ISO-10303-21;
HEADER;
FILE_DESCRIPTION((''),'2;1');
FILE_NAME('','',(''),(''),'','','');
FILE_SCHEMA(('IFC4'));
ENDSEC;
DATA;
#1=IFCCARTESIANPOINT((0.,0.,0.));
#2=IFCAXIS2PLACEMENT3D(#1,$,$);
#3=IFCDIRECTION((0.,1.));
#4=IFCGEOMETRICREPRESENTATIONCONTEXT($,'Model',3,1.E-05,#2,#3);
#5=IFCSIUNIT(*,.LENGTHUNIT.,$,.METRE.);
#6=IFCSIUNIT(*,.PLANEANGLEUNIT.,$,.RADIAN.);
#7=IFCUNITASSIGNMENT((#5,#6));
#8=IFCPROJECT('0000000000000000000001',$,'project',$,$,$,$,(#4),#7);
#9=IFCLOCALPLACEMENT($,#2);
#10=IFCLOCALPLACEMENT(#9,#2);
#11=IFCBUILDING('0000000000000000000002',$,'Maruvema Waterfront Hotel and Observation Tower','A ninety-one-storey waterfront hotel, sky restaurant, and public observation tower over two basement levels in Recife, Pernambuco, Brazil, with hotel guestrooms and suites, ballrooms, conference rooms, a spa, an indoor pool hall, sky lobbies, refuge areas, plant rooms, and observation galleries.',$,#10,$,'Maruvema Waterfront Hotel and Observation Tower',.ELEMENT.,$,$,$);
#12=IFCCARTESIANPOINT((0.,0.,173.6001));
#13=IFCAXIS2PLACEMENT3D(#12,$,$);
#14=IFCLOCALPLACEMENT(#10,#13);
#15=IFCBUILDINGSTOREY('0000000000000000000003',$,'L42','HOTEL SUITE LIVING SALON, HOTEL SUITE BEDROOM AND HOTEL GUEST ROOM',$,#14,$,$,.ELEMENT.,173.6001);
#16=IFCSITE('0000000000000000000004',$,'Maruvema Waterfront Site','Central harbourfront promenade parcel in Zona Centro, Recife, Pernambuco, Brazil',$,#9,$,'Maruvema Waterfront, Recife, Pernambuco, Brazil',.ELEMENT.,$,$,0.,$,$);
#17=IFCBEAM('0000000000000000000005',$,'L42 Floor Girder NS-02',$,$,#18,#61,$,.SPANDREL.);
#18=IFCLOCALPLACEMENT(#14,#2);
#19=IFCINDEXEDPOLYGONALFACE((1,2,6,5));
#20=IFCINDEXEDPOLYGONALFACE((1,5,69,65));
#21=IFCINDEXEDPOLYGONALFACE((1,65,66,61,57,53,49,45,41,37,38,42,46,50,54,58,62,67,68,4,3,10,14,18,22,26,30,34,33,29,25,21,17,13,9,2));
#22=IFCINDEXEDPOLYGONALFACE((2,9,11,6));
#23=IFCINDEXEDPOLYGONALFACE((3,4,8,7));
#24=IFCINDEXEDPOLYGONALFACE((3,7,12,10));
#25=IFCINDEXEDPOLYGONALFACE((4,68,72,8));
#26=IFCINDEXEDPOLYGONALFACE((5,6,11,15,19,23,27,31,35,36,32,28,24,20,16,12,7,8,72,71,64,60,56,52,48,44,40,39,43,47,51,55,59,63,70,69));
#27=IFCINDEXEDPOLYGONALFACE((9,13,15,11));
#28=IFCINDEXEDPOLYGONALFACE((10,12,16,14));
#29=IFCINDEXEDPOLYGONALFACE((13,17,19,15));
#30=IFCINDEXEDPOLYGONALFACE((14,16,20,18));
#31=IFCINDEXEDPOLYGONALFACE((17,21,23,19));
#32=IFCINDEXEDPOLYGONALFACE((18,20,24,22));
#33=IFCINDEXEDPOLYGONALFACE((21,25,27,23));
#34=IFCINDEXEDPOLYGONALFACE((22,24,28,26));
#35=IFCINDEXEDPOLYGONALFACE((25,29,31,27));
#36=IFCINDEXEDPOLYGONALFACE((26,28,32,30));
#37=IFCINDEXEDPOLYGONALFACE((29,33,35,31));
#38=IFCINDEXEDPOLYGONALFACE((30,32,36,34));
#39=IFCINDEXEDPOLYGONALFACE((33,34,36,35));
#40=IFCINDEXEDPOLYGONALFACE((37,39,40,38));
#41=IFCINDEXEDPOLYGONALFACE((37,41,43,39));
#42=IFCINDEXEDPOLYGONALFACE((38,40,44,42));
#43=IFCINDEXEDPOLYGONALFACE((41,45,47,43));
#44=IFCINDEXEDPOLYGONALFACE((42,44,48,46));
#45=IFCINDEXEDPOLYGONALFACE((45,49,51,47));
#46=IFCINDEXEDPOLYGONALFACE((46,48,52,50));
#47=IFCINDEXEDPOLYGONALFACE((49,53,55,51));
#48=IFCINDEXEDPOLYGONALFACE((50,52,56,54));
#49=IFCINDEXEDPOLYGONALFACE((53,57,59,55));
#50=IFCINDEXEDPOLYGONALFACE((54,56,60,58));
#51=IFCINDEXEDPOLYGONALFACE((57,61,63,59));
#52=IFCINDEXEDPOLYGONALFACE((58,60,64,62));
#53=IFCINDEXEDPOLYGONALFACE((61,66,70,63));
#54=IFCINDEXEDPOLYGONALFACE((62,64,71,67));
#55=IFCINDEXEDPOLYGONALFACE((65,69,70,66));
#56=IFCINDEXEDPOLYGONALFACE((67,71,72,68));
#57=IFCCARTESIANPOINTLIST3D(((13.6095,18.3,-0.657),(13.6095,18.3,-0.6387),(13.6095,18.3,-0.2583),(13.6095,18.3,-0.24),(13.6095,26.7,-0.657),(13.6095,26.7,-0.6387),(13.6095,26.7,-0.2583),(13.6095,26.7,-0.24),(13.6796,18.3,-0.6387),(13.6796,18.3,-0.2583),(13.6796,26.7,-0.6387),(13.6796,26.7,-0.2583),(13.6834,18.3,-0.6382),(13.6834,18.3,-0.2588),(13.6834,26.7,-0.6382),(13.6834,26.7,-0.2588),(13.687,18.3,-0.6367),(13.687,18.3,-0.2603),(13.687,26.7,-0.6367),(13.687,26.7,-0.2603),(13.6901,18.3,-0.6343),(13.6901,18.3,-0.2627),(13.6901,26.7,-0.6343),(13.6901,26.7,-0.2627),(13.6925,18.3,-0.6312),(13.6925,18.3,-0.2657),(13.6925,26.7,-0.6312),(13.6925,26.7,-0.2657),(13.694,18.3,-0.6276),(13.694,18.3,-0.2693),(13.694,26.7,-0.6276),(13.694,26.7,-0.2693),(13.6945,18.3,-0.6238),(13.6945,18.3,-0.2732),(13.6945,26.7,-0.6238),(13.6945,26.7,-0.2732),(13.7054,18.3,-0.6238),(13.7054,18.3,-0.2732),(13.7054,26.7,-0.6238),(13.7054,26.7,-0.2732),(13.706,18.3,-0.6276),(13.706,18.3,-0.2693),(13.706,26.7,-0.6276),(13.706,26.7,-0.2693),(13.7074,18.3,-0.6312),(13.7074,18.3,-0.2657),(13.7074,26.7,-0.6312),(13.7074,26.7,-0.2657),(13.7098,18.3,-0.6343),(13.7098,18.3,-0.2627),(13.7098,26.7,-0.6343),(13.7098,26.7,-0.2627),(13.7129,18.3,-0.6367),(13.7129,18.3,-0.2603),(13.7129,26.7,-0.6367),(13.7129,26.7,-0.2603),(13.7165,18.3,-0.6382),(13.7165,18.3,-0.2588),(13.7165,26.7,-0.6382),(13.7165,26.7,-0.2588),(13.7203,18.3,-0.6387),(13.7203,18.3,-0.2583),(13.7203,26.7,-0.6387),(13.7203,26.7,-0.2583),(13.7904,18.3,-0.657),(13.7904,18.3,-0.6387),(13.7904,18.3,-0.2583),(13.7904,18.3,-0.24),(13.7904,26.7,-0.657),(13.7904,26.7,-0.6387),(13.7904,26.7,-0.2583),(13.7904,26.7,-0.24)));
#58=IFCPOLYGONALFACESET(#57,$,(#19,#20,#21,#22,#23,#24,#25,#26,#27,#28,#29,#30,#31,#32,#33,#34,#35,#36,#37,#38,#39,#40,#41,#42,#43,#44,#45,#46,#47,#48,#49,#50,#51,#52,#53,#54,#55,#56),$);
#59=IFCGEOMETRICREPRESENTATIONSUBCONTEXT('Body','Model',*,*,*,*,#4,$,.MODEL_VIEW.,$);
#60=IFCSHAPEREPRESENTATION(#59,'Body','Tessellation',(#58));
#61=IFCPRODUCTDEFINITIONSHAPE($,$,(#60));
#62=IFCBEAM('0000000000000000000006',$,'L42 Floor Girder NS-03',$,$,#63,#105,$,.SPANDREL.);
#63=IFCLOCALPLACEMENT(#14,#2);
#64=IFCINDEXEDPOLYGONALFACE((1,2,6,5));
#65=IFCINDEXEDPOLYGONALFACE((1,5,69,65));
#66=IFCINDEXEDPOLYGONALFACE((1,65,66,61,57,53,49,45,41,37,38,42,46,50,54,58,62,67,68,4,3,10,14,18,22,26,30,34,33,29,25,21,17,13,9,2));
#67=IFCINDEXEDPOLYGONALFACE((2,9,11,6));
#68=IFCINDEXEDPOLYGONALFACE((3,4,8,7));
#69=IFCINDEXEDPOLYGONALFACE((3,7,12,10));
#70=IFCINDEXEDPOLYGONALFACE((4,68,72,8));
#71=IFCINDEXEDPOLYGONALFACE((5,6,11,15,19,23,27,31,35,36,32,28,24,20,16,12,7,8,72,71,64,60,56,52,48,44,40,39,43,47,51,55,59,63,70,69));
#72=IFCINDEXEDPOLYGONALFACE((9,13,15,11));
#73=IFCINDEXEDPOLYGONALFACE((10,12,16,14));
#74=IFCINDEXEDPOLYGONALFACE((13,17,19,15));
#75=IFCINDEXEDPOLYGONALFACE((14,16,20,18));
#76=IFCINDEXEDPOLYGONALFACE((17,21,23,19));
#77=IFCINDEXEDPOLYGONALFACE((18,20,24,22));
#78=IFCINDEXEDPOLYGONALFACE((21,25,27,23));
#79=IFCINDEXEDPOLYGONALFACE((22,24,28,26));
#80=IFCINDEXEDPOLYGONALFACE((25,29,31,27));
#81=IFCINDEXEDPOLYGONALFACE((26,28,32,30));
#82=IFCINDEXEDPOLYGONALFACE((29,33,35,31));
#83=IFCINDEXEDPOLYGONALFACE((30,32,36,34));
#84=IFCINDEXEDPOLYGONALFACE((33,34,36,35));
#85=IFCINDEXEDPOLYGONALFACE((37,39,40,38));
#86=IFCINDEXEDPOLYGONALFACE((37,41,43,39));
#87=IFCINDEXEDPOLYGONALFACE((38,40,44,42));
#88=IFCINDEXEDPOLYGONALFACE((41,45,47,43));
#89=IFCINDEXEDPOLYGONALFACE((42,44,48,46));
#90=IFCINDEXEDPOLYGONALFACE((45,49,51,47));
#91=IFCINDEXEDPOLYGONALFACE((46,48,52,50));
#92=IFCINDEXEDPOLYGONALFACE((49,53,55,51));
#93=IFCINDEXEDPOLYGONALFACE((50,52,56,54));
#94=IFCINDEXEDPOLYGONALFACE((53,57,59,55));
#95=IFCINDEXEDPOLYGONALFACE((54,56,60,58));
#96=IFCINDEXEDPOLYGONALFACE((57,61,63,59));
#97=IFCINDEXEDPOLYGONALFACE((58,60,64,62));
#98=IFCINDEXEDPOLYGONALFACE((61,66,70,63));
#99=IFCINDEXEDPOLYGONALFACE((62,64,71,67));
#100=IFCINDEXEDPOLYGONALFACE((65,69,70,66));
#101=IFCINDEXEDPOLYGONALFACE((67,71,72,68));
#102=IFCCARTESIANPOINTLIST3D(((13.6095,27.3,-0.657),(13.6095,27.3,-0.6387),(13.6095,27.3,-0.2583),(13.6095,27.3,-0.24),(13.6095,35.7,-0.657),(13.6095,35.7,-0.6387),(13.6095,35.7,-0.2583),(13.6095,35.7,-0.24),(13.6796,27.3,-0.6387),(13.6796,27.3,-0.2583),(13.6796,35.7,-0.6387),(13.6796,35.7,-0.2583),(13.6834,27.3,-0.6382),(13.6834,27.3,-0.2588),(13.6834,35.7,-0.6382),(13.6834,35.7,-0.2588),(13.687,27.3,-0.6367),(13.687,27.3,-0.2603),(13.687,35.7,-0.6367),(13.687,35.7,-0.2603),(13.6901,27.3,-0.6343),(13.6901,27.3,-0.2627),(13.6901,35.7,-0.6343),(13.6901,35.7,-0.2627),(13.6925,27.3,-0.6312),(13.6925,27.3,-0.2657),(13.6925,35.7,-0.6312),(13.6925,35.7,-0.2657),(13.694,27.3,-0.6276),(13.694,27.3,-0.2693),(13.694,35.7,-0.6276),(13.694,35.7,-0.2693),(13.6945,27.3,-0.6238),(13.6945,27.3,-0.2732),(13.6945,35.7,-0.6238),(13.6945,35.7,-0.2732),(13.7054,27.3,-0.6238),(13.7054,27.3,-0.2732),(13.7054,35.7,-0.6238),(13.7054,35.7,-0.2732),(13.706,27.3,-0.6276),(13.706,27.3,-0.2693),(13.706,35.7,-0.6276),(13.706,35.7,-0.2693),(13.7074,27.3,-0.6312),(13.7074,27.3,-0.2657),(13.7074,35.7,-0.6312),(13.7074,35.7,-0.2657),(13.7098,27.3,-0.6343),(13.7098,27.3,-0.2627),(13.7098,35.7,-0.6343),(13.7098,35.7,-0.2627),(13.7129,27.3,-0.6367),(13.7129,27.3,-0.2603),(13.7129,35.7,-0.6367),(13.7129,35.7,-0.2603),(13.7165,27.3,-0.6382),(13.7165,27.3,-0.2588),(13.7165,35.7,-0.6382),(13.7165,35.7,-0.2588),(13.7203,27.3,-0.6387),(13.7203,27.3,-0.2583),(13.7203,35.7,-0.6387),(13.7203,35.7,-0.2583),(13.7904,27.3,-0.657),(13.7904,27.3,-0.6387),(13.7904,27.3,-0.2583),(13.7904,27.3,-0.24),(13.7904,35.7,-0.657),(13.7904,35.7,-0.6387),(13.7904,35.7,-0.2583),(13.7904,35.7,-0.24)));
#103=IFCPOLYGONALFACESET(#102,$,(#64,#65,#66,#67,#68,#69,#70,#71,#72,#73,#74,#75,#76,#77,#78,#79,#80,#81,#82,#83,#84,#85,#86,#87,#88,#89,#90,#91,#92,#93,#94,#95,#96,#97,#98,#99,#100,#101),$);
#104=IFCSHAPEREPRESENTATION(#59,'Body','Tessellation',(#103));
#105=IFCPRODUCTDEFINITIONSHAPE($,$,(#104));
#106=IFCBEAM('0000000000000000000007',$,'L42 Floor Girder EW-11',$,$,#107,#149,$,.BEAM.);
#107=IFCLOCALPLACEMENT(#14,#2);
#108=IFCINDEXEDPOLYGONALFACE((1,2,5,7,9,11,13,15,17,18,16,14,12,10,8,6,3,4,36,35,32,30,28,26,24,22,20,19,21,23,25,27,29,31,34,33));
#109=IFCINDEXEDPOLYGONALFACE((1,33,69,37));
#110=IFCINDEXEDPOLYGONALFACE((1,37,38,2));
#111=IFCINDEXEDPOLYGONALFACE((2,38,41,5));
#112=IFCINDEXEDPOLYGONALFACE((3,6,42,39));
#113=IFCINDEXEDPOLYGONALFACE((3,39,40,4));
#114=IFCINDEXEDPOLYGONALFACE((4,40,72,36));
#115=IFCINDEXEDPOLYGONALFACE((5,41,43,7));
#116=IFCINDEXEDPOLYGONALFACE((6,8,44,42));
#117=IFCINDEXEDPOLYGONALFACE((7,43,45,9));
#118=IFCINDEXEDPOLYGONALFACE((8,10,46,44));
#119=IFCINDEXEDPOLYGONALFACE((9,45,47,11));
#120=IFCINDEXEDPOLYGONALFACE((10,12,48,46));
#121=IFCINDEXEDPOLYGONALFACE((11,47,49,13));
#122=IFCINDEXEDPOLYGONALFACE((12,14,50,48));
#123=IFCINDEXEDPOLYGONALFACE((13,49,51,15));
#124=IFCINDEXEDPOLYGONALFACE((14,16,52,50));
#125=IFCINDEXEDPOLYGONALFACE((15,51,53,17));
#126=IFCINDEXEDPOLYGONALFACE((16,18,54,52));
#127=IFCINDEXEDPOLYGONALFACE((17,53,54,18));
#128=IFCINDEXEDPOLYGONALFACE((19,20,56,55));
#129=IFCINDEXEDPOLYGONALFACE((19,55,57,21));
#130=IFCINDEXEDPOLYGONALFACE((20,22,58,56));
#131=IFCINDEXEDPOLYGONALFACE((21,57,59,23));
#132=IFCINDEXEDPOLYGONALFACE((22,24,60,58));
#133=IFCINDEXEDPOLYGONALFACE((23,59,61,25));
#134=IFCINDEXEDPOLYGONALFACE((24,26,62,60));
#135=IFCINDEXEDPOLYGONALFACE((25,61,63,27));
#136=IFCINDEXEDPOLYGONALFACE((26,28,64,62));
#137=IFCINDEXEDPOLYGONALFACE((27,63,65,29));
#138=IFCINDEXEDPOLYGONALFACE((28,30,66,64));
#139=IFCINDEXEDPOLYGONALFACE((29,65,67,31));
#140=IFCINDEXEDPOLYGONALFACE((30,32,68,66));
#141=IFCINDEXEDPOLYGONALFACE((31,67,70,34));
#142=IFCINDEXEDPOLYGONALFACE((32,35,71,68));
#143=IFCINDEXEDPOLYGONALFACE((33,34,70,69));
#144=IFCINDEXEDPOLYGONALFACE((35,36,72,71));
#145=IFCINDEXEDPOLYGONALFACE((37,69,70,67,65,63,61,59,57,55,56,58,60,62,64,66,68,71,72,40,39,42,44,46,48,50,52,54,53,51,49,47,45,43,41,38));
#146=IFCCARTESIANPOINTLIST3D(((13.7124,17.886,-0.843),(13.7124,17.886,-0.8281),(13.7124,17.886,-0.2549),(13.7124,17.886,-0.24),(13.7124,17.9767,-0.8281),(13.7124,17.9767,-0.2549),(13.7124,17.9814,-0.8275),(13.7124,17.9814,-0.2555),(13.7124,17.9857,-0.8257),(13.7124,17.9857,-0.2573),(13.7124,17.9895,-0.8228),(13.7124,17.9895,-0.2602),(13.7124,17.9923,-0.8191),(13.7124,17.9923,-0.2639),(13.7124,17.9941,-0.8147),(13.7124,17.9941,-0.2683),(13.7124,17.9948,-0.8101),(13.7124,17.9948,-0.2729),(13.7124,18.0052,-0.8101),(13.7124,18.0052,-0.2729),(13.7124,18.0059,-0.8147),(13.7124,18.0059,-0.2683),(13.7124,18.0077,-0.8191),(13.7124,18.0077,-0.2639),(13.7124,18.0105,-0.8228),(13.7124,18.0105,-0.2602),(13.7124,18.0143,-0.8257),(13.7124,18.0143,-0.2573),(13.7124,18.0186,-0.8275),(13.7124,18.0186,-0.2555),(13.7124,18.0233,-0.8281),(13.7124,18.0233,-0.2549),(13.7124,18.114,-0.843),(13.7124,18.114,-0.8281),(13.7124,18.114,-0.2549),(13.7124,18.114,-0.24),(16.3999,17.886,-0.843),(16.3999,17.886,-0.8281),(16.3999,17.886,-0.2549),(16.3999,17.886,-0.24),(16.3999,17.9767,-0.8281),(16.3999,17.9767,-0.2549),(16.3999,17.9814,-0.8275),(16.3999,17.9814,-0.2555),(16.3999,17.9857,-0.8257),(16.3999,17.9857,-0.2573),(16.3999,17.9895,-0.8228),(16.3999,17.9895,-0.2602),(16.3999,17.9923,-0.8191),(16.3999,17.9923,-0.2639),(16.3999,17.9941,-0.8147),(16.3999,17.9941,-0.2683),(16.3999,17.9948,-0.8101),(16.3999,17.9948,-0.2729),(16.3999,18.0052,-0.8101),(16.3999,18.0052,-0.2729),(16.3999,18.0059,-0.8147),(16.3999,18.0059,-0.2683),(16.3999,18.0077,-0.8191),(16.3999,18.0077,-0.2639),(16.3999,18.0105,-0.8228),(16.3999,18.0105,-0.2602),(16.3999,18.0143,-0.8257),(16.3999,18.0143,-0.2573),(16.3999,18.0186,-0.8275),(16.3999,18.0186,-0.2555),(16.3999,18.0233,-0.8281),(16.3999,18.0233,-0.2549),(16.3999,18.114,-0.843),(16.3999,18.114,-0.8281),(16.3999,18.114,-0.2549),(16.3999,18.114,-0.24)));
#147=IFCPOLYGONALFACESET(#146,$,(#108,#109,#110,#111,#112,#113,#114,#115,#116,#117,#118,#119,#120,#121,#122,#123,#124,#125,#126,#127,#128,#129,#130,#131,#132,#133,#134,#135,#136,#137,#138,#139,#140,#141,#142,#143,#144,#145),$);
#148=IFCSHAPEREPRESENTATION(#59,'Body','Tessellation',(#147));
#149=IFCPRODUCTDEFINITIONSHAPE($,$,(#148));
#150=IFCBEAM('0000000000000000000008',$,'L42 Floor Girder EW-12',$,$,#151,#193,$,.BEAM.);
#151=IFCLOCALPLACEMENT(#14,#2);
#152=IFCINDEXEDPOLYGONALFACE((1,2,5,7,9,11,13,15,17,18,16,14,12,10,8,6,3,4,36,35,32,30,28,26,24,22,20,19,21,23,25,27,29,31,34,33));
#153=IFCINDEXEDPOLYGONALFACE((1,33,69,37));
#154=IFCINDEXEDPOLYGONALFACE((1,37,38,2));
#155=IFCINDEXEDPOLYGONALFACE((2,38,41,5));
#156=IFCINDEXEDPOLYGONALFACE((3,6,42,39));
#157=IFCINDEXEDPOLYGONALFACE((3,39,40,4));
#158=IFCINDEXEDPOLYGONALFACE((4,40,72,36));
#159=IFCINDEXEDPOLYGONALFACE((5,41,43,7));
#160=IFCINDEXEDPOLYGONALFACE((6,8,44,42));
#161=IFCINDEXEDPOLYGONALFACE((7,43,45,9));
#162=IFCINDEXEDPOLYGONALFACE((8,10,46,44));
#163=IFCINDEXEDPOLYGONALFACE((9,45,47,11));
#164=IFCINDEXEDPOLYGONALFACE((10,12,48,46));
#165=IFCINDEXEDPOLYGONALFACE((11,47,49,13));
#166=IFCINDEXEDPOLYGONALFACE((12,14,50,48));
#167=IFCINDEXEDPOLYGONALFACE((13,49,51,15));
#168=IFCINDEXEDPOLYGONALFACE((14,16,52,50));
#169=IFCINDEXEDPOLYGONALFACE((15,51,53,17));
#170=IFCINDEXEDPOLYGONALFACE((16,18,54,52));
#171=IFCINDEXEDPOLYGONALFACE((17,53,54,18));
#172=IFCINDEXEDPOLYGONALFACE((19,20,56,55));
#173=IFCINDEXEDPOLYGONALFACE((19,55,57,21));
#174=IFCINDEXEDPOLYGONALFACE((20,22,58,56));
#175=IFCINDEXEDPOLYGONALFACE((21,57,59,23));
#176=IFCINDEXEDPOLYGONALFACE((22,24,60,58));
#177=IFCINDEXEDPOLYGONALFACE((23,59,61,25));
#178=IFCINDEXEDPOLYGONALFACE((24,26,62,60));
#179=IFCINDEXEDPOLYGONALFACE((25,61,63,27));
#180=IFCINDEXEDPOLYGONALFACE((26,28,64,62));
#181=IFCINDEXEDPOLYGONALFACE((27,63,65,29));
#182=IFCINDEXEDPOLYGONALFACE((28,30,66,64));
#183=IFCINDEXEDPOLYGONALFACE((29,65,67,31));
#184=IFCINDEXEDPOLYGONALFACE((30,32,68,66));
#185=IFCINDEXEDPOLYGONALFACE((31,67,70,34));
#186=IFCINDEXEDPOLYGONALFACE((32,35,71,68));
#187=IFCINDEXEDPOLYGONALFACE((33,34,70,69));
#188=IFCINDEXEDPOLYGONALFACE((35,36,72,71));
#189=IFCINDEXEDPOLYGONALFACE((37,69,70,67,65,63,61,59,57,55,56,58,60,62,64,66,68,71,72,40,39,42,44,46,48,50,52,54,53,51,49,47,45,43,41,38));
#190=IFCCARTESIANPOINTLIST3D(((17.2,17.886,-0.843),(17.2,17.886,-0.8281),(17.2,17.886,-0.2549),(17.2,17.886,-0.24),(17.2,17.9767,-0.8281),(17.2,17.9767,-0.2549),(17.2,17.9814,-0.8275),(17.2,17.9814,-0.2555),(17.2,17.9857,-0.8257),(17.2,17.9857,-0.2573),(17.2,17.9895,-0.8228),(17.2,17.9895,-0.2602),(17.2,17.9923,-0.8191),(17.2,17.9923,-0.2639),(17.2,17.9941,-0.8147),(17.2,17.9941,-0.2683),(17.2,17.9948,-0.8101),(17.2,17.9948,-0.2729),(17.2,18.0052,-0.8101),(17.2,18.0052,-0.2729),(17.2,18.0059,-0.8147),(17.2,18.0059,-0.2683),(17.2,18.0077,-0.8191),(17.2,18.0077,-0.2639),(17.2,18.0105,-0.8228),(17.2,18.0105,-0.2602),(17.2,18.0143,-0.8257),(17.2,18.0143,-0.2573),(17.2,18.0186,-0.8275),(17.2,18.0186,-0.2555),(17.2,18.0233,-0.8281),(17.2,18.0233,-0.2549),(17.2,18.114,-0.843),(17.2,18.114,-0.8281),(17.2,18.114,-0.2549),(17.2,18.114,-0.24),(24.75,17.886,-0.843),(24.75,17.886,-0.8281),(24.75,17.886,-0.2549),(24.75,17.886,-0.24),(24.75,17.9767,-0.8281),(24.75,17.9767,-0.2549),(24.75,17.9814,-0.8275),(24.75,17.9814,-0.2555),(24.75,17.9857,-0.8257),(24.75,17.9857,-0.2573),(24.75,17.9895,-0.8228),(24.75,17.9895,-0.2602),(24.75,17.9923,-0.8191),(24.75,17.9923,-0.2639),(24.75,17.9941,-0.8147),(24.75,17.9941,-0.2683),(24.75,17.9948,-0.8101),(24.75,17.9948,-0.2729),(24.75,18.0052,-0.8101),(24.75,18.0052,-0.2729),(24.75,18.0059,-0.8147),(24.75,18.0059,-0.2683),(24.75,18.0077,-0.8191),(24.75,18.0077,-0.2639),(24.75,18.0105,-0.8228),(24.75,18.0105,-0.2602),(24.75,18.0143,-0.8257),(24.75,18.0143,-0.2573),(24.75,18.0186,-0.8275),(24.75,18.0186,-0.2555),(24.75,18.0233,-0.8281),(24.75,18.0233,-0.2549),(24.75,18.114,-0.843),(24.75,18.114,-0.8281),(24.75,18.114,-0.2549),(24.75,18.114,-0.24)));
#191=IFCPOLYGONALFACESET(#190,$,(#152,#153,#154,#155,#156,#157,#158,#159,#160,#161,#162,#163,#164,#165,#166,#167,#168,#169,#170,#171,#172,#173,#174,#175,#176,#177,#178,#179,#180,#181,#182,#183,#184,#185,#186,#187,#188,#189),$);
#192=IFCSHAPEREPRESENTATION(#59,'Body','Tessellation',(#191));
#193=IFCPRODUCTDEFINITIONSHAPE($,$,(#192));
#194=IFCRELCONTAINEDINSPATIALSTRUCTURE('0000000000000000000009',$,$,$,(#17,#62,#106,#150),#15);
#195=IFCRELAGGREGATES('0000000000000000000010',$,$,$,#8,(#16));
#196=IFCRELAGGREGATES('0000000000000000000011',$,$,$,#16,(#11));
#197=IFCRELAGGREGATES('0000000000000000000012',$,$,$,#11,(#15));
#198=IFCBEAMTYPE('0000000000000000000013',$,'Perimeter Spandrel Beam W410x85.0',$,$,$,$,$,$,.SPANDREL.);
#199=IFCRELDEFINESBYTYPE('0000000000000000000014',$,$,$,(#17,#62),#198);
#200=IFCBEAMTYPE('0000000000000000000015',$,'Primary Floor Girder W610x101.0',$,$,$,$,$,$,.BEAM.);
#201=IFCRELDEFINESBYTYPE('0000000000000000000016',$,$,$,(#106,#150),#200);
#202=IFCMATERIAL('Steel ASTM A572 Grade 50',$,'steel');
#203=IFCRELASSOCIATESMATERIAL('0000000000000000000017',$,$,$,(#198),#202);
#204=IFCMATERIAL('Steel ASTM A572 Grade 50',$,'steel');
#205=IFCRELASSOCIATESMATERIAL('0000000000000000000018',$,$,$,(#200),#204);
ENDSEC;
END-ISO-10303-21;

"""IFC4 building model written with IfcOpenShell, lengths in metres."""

from ifc_helpers import new_model, si_unit, direction, frame, origin, origin_2d, place, context, subcontext, project, spatial, i_section, extrude, material, material_profile, profile_set, type_object, element, save


model = new_model("IFC4")

# Units and contexts
model_context = context("Model", 3, precision=1e-05, world=origin(), true_north=direction((0.0, 1.0)))
body_context = subcontext(model_context, "Body", "Model", "MODEL_VIEW")
ifc_project = project(units=[si_unit("LENGTHUNIT", "METRE"), si_unit("PLANEANGLEUNIT", "RADIAN")], contexts=[model_context])

# Site, building, storey
site_placement = place(None, origin())
site = spatial("IfcSite", under=ifc_project, at=site_placement, Name="Maruvema Waterfront Site", Description="Central harbourfront promenade parcel in Zona Centro, Recife, Pernambuco, Brazil", LongName="Maruvema Waterfront, Recife, Pernambuco, Brazil", CompositionType="ELEMENT", RefElevation=0.0)
building_placement = place(site_placement, origin())
building = spatial("IfcBuilding", under=site, at=building_placement, Name="Maruvema Waterfront Hotel and Observation Tower", Description="A ninety-one-storey waterfront hotel, sky restaurant, and public observation tower over two basement levels in Recife, Pernambuco, Brazil, with hotel guestrooms and suites, ballrooms, conference rooms, a spa, an indoor pool hall, sky lobbies, refuge areas, plant rooms, and observation galleries.", LongName="Maruvema Waterfront Hotel and Observation Tower", CompositionType="ELEMENT")
storey_placement = place(building_placement, frame((0.0, 0.0, 173.6001)))
storey = spatial("IfcBuildingStorey", under=building, at=storey_placement, Name="L42", Description="HOTEL SUITE LIVING SALON, HOTEL SUITE BEDROOM AND HOTEL GUEST ROOM", CompositionType="ELEMENT", Elevation=173.6001)

# Beams
ifc_material_1 = material(Name="Steel ASTM A572 Grade 50", Category="steel")
ifc_material_profile_1 = material_profile(ifc_material_1, i_section(OverallWidth=0.1809, OverallDepth=0.417, WebThickness=0.011, FlangeThickness=0.0183, FilletRadius=0.0149, at=origin_2d()), Name="W410x85.0")
ifc_profile_set_1 = profile_set([ifc_material_profile_1], Name="Steel ASTM A572 Grade 50")
beam_type_1 = type_object("IfcBeamType", Name="Perimeter Spandrel Beam W410x85.0", PredefinedType="SPANDREL", material=ifc_profile_set_1)
for number, where, z_axis, x_axis, name in (
    (1, (13.7, 18.3, -0.4485), (0.0, 1.0, 0.0), (-1.0, 0.0, 0.0), "L42 Floor Girder NS-02"),
    (2, (13.7, 27.3, -0.4485), (0.0, 1.0, 0.0), (-1.0, 0.0, 0.0), "L42 Floor Girder NS-03"),
):
    element("IfcBeam", number, at=place(storey_placement, frame(where, z_axis=z_axis, x_axis=x_axis)), inside=storey, type_object=beam_type_1, Name=name, PredefinedType="SPANDREL", context=body_context, shape_type="SweptSolid", body=[
        extrude(i_section(OverallWidth=0.1809, OverallDepth=0.417, WebThickness=0.011, FlangeThickness=0.0183, FilletRadius=0.0149, at=origin_2d()), origin(), (0.0, 0.0, 1.0), 8.3999),
    ])
ifc_material_2 = material(Name="Steel ASTM A572 Grade 50", Category="steel")
ifc_material_profile_2 = material_profile(ifc_material_2, i_section(OverallWidth=0.228, OverallDepth=0.603, WebThickness=0.0105, FlangeThickness=0.0149, FilletRadius=0.0181, at=origin_2d()), Name="W610x101.0")
ifc_profile_set_2 = profile_set([ifc_material_profile_2], Name="Steel ASTM A572 Grade 50")
beam_type_2 = type_object("IfcBeamType", Name="Primary Floor Girder W610x101.0", PredefinedType="BEAM", material=ifc_profile_set_2)
beam_1_placement = place(storey_placement, frame((13.7124, 18.0, -0.5415), z_axis=(1.0, 0.0, 0.0), x_axis=(0.0, 1.0, 0.0)))
element("IfcBeam", 3, at=beam_1_placement, inside=storey, type_object=beam_type_2, Name="L42 Floor Girder EW-11", PredefinedType="BEAM", context=body_context, shape_type="SweptSolid", body=[
    extrude(i_section(OverallWidth=0.228, OverallDepth=0.603, WebThickness=0.0105, FlangeThickness=0.0149, FilletRadius=0.0181, at=origin_2d()), origin(), (0.0, 0.0, 1.0), 2.6875),
])
beam_2_placement = place(storey_placement, frame((17.2, 18.0, -0.5415), z_axis=(1.0, 0.0, 0.0), x_axis=(0.0, 1.0, 0.0)))
element("IfcBeam", 4, at=beam_2_placement, inside=storey, type_object=beam_type_2, Name="L42 Floor Girder EW-12", PredefinedType="BEAM", context=body_context, shape_type="SweptSolid", body=[
    extrude(i_section(OverallWidth=0.228, OverallDepth=0.603, WebThickness=0.0105, FlangeThickness=0.0149, FilletRadius=0.0181, at=origin_2d()), origin(), (0.0, 0.0, 1.0), 7.55),
])

save(model, "model.ifc")
